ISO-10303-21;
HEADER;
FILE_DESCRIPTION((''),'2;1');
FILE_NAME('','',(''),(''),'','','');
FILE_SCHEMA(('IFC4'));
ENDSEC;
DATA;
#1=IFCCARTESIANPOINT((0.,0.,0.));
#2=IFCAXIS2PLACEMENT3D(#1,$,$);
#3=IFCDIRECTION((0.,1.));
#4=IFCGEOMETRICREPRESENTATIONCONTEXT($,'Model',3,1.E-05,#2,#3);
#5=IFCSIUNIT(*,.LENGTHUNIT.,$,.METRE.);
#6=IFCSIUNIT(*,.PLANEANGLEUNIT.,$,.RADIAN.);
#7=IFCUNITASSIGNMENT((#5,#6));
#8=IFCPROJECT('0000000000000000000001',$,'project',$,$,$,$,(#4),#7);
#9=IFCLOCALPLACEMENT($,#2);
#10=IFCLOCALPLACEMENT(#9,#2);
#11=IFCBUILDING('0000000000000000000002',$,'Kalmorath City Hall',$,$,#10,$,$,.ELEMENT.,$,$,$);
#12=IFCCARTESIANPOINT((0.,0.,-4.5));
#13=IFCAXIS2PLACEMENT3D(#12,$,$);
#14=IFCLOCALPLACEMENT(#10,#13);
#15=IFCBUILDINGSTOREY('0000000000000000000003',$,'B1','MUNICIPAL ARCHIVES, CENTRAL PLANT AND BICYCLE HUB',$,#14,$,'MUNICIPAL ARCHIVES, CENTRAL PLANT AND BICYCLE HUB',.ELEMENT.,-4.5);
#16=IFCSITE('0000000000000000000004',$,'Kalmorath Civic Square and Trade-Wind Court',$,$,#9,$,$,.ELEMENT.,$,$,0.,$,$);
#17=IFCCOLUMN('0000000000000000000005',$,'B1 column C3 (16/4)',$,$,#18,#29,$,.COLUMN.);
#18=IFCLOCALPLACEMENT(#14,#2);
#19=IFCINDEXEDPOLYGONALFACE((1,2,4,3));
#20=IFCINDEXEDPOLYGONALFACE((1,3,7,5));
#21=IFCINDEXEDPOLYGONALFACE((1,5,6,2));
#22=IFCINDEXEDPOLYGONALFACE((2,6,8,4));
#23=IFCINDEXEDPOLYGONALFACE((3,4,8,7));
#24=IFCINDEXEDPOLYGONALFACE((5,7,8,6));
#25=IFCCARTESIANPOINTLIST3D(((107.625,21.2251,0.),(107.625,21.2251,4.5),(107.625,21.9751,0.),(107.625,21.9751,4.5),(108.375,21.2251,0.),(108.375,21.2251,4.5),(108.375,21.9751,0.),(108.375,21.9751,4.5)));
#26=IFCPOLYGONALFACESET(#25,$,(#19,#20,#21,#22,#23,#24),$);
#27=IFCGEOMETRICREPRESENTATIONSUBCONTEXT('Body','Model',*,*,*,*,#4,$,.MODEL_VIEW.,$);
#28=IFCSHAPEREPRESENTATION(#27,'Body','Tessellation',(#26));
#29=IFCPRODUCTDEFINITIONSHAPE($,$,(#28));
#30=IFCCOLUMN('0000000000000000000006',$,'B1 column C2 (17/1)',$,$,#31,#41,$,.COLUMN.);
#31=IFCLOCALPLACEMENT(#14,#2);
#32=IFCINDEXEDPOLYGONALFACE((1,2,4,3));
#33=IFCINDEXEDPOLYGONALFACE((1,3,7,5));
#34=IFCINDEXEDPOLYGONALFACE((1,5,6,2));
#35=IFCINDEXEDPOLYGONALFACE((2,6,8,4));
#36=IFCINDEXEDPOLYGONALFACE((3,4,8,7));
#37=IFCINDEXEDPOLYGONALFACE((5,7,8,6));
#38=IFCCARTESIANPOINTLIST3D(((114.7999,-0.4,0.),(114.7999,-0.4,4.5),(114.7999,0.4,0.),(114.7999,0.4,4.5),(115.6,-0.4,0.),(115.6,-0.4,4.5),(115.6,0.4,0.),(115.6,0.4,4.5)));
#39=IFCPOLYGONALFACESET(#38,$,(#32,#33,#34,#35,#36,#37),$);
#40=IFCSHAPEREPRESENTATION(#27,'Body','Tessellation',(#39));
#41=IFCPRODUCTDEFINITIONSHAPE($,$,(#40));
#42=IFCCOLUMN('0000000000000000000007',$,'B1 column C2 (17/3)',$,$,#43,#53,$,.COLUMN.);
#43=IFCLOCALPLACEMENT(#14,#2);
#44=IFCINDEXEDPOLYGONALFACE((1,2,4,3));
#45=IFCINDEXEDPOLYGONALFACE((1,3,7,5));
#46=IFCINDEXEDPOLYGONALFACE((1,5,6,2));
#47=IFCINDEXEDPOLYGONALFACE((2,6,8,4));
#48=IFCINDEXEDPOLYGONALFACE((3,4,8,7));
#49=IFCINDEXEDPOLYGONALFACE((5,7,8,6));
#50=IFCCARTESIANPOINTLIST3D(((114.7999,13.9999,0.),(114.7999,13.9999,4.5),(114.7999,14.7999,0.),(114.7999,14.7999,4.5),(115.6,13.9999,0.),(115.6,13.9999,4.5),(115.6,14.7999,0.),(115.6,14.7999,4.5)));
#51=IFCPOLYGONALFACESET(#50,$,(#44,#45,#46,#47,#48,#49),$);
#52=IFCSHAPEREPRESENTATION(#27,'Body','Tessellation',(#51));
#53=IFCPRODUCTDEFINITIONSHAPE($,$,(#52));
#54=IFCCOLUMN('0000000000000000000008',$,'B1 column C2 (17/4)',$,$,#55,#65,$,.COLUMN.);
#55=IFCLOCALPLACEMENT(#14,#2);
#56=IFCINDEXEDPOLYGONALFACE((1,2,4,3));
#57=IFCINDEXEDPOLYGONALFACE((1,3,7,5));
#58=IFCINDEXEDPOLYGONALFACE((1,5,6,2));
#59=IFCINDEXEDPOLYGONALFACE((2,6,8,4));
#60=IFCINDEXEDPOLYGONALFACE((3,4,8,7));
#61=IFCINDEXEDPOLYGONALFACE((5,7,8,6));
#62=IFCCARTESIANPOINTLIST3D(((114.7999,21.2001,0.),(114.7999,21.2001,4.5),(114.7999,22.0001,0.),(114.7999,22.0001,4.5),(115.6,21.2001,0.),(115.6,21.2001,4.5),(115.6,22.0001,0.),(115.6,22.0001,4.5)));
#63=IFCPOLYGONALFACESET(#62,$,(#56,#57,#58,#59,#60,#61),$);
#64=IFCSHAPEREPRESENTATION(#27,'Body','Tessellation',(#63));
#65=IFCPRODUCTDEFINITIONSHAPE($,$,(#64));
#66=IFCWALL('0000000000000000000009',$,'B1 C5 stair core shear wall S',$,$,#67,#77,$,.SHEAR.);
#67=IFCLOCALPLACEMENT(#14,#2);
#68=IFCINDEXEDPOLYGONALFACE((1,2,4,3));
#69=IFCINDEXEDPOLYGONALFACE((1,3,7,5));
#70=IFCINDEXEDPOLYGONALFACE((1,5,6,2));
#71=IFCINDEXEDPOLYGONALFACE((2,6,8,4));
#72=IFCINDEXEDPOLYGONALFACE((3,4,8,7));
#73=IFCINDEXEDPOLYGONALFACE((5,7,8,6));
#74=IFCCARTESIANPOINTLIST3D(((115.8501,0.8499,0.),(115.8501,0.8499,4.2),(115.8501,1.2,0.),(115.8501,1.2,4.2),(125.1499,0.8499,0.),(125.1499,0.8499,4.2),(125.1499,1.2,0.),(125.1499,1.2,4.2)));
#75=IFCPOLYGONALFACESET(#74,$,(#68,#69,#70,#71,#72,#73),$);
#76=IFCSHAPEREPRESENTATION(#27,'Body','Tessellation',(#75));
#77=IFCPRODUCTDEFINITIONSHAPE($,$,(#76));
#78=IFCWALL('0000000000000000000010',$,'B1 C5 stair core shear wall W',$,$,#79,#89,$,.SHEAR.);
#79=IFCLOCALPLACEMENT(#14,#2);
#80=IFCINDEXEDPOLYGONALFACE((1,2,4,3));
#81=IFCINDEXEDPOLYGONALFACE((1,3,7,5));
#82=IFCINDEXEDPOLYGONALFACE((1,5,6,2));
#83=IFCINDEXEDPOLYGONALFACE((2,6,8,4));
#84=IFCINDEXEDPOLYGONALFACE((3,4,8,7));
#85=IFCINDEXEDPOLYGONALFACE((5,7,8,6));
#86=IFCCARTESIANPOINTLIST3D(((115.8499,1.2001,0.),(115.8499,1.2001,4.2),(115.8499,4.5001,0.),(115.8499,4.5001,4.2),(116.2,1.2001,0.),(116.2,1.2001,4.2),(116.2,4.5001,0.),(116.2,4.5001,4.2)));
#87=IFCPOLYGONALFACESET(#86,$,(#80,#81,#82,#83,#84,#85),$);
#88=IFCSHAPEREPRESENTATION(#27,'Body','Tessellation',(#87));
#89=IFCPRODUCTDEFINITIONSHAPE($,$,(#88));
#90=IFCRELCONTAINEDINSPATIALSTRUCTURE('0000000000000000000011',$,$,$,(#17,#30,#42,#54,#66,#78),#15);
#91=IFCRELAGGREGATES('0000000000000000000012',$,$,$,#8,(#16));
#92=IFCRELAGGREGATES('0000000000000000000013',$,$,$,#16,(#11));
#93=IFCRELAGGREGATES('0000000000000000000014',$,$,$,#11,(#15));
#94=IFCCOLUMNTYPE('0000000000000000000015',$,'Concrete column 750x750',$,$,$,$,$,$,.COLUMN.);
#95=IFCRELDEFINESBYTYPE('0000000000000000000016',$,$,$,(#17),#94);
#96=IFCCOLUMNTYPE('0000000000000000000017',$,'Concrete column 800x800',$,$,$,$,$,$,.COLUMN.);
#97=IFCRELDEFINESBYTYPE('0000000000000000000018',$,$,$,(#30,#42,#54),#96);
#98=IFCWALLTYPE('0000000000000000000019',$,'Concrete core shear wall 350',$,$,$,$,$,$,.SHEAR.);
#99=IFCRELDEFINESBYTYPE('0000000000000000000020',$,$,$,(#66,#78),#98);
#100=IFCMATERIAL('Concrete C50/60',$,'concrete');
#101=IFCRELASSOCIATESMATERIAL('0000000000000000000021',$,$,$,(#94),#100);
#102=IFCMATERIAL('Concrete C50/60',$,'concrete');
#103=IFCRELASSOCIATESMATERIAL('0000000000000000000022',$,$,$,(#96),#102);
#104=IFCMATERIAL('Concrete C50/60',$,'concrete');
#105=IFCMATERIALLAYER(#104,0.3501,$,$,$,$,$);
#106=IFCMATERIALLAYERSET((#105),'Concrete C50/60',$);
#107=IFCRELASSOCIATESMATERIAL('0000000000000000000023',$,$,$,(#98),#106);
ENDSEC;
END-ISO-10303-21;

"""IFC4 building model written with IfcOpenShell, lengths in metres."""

from ifc_helpers import new_model, si_unit, direction, frame, frame_2d, origin, origin_2d, place, context, subcontext, project, spatial, rectangle, extrude, material, layer, layer_set, material_profile, profile_set, type_object, element, save


model = new_model("IFC4")

# Units and contexts
model_context = context("Model", 3, precision=1e-05, world=origin(), true_north=direction((0.0, 1.0)))
body_context = subcontext(model_context, "Body", "Model", "MODEL_VIEW")
ifc_project = project(units=[si_unit("LENGTHUNIT", "METRE"), si_unit("PLANEANGLEUNIT", "RADIAN")], contexts=[model_context])

# Site, building, storey
site_placement = place(None, origin())
site = spatial("IfcSite", under=ifc_project, at=site_placement, Name="Kalmorath Civic Square and Trade-Wind Court", CompositionType="ELEMENT", RefElevation=0.0)
building_placement = place(site_placement, origin())
building = spatial("IfcBuilding", under=site, at=building_placement, Name="Kalmorath City Hall", CompositionType="ELEMENT")
storey_placement = place(building_placement, frame((0.0, 0.0, -4.5)))
storey = spatial("IfcBuildingStorey", under=building, at=storey_placement, Name="B1", Description="MUNICIPAL ARCHIVES, CENTRAL PLANT AND BICYCLE HUB", LongName="MUNICIPAL ARCHIVES, CENTRAL PLANT AND BICYCLE HUB", CompositionType="ELEMENT", Elevation=-4.5)

# Columns
ifc_material_1 = material(Name="Concrete C50/60", Category="concrete")
ifc_material_profile_1 = material_profile(ifc_material_1, rectangle(XDim=0.75, YDim=0.75, at=origin_2d()), Name="RC-COL-750X750")
ifc_profile_set_1 = profile_set([ifc_material_profile_1], Name="Concrete C50/60")
column_type_1 = type_object("IfcColumnType", Name="Concrete column 750x750", PredefinedType="COLUMN", material=ifc_profile_set_1)
column_1_placement = place(storey_placement, frame((108.0, 21.6001, 0.0), z_axis=(0.0, 0.0, 1.0), x_axis=(1.0, 0.0, 0.0)))
element("IfcColumn", 1, at=column_1_placement, inside=storey, type_object=column_type_1, Name="B1 column C3 (16/4)", PredefinedType="COLUMN", context=body_context, shape_type="SweptSolid", body=[
    extrude(rectangle(XDim=0.75, YDim=0.75, at=origin_2d()), origin(), (0.0, 0.0, 1.0), 4.5),
])
ifc_material_2 = material(Name="Concrete C50/60", Category="concrete")
ifc_material_profile_2 = material_profile(ifc_material_2, rectangle(XDim=0.8, YDim=0.8, at=origin_2d()), Name="RC-COL-800X800")
ifc_profile_set_2 = profile_set([ifc_material_profile_2], Name="Concrete C50/60")
column_type_2 = type_object("IfcColumnType", Name="Concrete column 800x800", PredefinedType="COLUMN", material=ifc_profile_set_2)
for number, where, z_axis, x_axis, name in (
    (2, (115.2, 0.0, 0.0), (0.0, 0.0, 1.0), (1.0, 0.0, 0.0), "B1 column C2 (17/1)"),
    (3, (115.2, 14.3999, 0.0), (0.0, 0.0, 1.0), (1.0, 0.0, 0.0), "B1 column C2 (17/3)"),
    (4, (115.2, 21.6001, 0.0), (0.0, 0.0, 1.0), (1.0, 0.0, 0.0), "B1 column C2 (17/4)"),
):
    element("IfcColumn", number, at=place(storey_placement, frame(where, z_axis=z_axis, x_axis=x_axis)), inside=storey, type_object=column_type_2, Name=name, PredefinedType="COLUMN", context=body_context, shape_type="SweptSolid", body=[
        extrude(rectangle(XDim=0.8, YDim=0.8, at=origin_2d()), origin(), (0.0, 0.0, 1.0), 4.5),
    ])

# Walls
ifc_material_3 = material(Name="Concrete C50/60", Category="concrete")
ifc_layer = layer(ifc_material_3, 0.3501)
ifc_layer_set = layer_set([ifc_layer], Name="Concrete C50/60")
wall_type = type_object("IfcWallType", Name="Concrete core shear wall 350", PredefinedType="SHEAR", material=ifc_layer_set)
wall_1_placement = place(storey_placement, frame((115.8501, 1.0249, 0.0), z_axis=(0.0, 0.0, 1.0), x_axis=(1.0, 0.0, 0.0)))
element("IfcWall", 5, at=wall_1_placement, inside=storey, type_object=wall_type, Name="B1 C5 stair core shear wall S", PredefinedType="SHEAR", context=body_context, shape_type="SweptSolid", body=[
    extrude(rectangle(XDim=9.2998, YDim=0.3501, at=frame_2d((4.6499, 0.0))), origin(), (0.0, 0.0, 1.0), 4.2),
])
wall_2_placement = place(storey_placement, frame((116.0249, 4.5, 0.0), z_axis=(0.0, 0.0, 1.0), x_axis=(0.0, -1.0, 0.0)))
element("IfcWall", 6, at=wall_2_placement, inside=storey, type_object=wall_type, Name="B1 C5 stair core shear wall W", PredefinedType="SHEAR", context=body_context, shape_type="SweptSolid", body=[
    extrude(rectangle(XDim=3.3, YDim=0.3501, at=frame_2d((1.6499, 0.0))), origin(), (0.0, 0.0, 1.0), 4.2),
])

save(model, "model.ifc")
